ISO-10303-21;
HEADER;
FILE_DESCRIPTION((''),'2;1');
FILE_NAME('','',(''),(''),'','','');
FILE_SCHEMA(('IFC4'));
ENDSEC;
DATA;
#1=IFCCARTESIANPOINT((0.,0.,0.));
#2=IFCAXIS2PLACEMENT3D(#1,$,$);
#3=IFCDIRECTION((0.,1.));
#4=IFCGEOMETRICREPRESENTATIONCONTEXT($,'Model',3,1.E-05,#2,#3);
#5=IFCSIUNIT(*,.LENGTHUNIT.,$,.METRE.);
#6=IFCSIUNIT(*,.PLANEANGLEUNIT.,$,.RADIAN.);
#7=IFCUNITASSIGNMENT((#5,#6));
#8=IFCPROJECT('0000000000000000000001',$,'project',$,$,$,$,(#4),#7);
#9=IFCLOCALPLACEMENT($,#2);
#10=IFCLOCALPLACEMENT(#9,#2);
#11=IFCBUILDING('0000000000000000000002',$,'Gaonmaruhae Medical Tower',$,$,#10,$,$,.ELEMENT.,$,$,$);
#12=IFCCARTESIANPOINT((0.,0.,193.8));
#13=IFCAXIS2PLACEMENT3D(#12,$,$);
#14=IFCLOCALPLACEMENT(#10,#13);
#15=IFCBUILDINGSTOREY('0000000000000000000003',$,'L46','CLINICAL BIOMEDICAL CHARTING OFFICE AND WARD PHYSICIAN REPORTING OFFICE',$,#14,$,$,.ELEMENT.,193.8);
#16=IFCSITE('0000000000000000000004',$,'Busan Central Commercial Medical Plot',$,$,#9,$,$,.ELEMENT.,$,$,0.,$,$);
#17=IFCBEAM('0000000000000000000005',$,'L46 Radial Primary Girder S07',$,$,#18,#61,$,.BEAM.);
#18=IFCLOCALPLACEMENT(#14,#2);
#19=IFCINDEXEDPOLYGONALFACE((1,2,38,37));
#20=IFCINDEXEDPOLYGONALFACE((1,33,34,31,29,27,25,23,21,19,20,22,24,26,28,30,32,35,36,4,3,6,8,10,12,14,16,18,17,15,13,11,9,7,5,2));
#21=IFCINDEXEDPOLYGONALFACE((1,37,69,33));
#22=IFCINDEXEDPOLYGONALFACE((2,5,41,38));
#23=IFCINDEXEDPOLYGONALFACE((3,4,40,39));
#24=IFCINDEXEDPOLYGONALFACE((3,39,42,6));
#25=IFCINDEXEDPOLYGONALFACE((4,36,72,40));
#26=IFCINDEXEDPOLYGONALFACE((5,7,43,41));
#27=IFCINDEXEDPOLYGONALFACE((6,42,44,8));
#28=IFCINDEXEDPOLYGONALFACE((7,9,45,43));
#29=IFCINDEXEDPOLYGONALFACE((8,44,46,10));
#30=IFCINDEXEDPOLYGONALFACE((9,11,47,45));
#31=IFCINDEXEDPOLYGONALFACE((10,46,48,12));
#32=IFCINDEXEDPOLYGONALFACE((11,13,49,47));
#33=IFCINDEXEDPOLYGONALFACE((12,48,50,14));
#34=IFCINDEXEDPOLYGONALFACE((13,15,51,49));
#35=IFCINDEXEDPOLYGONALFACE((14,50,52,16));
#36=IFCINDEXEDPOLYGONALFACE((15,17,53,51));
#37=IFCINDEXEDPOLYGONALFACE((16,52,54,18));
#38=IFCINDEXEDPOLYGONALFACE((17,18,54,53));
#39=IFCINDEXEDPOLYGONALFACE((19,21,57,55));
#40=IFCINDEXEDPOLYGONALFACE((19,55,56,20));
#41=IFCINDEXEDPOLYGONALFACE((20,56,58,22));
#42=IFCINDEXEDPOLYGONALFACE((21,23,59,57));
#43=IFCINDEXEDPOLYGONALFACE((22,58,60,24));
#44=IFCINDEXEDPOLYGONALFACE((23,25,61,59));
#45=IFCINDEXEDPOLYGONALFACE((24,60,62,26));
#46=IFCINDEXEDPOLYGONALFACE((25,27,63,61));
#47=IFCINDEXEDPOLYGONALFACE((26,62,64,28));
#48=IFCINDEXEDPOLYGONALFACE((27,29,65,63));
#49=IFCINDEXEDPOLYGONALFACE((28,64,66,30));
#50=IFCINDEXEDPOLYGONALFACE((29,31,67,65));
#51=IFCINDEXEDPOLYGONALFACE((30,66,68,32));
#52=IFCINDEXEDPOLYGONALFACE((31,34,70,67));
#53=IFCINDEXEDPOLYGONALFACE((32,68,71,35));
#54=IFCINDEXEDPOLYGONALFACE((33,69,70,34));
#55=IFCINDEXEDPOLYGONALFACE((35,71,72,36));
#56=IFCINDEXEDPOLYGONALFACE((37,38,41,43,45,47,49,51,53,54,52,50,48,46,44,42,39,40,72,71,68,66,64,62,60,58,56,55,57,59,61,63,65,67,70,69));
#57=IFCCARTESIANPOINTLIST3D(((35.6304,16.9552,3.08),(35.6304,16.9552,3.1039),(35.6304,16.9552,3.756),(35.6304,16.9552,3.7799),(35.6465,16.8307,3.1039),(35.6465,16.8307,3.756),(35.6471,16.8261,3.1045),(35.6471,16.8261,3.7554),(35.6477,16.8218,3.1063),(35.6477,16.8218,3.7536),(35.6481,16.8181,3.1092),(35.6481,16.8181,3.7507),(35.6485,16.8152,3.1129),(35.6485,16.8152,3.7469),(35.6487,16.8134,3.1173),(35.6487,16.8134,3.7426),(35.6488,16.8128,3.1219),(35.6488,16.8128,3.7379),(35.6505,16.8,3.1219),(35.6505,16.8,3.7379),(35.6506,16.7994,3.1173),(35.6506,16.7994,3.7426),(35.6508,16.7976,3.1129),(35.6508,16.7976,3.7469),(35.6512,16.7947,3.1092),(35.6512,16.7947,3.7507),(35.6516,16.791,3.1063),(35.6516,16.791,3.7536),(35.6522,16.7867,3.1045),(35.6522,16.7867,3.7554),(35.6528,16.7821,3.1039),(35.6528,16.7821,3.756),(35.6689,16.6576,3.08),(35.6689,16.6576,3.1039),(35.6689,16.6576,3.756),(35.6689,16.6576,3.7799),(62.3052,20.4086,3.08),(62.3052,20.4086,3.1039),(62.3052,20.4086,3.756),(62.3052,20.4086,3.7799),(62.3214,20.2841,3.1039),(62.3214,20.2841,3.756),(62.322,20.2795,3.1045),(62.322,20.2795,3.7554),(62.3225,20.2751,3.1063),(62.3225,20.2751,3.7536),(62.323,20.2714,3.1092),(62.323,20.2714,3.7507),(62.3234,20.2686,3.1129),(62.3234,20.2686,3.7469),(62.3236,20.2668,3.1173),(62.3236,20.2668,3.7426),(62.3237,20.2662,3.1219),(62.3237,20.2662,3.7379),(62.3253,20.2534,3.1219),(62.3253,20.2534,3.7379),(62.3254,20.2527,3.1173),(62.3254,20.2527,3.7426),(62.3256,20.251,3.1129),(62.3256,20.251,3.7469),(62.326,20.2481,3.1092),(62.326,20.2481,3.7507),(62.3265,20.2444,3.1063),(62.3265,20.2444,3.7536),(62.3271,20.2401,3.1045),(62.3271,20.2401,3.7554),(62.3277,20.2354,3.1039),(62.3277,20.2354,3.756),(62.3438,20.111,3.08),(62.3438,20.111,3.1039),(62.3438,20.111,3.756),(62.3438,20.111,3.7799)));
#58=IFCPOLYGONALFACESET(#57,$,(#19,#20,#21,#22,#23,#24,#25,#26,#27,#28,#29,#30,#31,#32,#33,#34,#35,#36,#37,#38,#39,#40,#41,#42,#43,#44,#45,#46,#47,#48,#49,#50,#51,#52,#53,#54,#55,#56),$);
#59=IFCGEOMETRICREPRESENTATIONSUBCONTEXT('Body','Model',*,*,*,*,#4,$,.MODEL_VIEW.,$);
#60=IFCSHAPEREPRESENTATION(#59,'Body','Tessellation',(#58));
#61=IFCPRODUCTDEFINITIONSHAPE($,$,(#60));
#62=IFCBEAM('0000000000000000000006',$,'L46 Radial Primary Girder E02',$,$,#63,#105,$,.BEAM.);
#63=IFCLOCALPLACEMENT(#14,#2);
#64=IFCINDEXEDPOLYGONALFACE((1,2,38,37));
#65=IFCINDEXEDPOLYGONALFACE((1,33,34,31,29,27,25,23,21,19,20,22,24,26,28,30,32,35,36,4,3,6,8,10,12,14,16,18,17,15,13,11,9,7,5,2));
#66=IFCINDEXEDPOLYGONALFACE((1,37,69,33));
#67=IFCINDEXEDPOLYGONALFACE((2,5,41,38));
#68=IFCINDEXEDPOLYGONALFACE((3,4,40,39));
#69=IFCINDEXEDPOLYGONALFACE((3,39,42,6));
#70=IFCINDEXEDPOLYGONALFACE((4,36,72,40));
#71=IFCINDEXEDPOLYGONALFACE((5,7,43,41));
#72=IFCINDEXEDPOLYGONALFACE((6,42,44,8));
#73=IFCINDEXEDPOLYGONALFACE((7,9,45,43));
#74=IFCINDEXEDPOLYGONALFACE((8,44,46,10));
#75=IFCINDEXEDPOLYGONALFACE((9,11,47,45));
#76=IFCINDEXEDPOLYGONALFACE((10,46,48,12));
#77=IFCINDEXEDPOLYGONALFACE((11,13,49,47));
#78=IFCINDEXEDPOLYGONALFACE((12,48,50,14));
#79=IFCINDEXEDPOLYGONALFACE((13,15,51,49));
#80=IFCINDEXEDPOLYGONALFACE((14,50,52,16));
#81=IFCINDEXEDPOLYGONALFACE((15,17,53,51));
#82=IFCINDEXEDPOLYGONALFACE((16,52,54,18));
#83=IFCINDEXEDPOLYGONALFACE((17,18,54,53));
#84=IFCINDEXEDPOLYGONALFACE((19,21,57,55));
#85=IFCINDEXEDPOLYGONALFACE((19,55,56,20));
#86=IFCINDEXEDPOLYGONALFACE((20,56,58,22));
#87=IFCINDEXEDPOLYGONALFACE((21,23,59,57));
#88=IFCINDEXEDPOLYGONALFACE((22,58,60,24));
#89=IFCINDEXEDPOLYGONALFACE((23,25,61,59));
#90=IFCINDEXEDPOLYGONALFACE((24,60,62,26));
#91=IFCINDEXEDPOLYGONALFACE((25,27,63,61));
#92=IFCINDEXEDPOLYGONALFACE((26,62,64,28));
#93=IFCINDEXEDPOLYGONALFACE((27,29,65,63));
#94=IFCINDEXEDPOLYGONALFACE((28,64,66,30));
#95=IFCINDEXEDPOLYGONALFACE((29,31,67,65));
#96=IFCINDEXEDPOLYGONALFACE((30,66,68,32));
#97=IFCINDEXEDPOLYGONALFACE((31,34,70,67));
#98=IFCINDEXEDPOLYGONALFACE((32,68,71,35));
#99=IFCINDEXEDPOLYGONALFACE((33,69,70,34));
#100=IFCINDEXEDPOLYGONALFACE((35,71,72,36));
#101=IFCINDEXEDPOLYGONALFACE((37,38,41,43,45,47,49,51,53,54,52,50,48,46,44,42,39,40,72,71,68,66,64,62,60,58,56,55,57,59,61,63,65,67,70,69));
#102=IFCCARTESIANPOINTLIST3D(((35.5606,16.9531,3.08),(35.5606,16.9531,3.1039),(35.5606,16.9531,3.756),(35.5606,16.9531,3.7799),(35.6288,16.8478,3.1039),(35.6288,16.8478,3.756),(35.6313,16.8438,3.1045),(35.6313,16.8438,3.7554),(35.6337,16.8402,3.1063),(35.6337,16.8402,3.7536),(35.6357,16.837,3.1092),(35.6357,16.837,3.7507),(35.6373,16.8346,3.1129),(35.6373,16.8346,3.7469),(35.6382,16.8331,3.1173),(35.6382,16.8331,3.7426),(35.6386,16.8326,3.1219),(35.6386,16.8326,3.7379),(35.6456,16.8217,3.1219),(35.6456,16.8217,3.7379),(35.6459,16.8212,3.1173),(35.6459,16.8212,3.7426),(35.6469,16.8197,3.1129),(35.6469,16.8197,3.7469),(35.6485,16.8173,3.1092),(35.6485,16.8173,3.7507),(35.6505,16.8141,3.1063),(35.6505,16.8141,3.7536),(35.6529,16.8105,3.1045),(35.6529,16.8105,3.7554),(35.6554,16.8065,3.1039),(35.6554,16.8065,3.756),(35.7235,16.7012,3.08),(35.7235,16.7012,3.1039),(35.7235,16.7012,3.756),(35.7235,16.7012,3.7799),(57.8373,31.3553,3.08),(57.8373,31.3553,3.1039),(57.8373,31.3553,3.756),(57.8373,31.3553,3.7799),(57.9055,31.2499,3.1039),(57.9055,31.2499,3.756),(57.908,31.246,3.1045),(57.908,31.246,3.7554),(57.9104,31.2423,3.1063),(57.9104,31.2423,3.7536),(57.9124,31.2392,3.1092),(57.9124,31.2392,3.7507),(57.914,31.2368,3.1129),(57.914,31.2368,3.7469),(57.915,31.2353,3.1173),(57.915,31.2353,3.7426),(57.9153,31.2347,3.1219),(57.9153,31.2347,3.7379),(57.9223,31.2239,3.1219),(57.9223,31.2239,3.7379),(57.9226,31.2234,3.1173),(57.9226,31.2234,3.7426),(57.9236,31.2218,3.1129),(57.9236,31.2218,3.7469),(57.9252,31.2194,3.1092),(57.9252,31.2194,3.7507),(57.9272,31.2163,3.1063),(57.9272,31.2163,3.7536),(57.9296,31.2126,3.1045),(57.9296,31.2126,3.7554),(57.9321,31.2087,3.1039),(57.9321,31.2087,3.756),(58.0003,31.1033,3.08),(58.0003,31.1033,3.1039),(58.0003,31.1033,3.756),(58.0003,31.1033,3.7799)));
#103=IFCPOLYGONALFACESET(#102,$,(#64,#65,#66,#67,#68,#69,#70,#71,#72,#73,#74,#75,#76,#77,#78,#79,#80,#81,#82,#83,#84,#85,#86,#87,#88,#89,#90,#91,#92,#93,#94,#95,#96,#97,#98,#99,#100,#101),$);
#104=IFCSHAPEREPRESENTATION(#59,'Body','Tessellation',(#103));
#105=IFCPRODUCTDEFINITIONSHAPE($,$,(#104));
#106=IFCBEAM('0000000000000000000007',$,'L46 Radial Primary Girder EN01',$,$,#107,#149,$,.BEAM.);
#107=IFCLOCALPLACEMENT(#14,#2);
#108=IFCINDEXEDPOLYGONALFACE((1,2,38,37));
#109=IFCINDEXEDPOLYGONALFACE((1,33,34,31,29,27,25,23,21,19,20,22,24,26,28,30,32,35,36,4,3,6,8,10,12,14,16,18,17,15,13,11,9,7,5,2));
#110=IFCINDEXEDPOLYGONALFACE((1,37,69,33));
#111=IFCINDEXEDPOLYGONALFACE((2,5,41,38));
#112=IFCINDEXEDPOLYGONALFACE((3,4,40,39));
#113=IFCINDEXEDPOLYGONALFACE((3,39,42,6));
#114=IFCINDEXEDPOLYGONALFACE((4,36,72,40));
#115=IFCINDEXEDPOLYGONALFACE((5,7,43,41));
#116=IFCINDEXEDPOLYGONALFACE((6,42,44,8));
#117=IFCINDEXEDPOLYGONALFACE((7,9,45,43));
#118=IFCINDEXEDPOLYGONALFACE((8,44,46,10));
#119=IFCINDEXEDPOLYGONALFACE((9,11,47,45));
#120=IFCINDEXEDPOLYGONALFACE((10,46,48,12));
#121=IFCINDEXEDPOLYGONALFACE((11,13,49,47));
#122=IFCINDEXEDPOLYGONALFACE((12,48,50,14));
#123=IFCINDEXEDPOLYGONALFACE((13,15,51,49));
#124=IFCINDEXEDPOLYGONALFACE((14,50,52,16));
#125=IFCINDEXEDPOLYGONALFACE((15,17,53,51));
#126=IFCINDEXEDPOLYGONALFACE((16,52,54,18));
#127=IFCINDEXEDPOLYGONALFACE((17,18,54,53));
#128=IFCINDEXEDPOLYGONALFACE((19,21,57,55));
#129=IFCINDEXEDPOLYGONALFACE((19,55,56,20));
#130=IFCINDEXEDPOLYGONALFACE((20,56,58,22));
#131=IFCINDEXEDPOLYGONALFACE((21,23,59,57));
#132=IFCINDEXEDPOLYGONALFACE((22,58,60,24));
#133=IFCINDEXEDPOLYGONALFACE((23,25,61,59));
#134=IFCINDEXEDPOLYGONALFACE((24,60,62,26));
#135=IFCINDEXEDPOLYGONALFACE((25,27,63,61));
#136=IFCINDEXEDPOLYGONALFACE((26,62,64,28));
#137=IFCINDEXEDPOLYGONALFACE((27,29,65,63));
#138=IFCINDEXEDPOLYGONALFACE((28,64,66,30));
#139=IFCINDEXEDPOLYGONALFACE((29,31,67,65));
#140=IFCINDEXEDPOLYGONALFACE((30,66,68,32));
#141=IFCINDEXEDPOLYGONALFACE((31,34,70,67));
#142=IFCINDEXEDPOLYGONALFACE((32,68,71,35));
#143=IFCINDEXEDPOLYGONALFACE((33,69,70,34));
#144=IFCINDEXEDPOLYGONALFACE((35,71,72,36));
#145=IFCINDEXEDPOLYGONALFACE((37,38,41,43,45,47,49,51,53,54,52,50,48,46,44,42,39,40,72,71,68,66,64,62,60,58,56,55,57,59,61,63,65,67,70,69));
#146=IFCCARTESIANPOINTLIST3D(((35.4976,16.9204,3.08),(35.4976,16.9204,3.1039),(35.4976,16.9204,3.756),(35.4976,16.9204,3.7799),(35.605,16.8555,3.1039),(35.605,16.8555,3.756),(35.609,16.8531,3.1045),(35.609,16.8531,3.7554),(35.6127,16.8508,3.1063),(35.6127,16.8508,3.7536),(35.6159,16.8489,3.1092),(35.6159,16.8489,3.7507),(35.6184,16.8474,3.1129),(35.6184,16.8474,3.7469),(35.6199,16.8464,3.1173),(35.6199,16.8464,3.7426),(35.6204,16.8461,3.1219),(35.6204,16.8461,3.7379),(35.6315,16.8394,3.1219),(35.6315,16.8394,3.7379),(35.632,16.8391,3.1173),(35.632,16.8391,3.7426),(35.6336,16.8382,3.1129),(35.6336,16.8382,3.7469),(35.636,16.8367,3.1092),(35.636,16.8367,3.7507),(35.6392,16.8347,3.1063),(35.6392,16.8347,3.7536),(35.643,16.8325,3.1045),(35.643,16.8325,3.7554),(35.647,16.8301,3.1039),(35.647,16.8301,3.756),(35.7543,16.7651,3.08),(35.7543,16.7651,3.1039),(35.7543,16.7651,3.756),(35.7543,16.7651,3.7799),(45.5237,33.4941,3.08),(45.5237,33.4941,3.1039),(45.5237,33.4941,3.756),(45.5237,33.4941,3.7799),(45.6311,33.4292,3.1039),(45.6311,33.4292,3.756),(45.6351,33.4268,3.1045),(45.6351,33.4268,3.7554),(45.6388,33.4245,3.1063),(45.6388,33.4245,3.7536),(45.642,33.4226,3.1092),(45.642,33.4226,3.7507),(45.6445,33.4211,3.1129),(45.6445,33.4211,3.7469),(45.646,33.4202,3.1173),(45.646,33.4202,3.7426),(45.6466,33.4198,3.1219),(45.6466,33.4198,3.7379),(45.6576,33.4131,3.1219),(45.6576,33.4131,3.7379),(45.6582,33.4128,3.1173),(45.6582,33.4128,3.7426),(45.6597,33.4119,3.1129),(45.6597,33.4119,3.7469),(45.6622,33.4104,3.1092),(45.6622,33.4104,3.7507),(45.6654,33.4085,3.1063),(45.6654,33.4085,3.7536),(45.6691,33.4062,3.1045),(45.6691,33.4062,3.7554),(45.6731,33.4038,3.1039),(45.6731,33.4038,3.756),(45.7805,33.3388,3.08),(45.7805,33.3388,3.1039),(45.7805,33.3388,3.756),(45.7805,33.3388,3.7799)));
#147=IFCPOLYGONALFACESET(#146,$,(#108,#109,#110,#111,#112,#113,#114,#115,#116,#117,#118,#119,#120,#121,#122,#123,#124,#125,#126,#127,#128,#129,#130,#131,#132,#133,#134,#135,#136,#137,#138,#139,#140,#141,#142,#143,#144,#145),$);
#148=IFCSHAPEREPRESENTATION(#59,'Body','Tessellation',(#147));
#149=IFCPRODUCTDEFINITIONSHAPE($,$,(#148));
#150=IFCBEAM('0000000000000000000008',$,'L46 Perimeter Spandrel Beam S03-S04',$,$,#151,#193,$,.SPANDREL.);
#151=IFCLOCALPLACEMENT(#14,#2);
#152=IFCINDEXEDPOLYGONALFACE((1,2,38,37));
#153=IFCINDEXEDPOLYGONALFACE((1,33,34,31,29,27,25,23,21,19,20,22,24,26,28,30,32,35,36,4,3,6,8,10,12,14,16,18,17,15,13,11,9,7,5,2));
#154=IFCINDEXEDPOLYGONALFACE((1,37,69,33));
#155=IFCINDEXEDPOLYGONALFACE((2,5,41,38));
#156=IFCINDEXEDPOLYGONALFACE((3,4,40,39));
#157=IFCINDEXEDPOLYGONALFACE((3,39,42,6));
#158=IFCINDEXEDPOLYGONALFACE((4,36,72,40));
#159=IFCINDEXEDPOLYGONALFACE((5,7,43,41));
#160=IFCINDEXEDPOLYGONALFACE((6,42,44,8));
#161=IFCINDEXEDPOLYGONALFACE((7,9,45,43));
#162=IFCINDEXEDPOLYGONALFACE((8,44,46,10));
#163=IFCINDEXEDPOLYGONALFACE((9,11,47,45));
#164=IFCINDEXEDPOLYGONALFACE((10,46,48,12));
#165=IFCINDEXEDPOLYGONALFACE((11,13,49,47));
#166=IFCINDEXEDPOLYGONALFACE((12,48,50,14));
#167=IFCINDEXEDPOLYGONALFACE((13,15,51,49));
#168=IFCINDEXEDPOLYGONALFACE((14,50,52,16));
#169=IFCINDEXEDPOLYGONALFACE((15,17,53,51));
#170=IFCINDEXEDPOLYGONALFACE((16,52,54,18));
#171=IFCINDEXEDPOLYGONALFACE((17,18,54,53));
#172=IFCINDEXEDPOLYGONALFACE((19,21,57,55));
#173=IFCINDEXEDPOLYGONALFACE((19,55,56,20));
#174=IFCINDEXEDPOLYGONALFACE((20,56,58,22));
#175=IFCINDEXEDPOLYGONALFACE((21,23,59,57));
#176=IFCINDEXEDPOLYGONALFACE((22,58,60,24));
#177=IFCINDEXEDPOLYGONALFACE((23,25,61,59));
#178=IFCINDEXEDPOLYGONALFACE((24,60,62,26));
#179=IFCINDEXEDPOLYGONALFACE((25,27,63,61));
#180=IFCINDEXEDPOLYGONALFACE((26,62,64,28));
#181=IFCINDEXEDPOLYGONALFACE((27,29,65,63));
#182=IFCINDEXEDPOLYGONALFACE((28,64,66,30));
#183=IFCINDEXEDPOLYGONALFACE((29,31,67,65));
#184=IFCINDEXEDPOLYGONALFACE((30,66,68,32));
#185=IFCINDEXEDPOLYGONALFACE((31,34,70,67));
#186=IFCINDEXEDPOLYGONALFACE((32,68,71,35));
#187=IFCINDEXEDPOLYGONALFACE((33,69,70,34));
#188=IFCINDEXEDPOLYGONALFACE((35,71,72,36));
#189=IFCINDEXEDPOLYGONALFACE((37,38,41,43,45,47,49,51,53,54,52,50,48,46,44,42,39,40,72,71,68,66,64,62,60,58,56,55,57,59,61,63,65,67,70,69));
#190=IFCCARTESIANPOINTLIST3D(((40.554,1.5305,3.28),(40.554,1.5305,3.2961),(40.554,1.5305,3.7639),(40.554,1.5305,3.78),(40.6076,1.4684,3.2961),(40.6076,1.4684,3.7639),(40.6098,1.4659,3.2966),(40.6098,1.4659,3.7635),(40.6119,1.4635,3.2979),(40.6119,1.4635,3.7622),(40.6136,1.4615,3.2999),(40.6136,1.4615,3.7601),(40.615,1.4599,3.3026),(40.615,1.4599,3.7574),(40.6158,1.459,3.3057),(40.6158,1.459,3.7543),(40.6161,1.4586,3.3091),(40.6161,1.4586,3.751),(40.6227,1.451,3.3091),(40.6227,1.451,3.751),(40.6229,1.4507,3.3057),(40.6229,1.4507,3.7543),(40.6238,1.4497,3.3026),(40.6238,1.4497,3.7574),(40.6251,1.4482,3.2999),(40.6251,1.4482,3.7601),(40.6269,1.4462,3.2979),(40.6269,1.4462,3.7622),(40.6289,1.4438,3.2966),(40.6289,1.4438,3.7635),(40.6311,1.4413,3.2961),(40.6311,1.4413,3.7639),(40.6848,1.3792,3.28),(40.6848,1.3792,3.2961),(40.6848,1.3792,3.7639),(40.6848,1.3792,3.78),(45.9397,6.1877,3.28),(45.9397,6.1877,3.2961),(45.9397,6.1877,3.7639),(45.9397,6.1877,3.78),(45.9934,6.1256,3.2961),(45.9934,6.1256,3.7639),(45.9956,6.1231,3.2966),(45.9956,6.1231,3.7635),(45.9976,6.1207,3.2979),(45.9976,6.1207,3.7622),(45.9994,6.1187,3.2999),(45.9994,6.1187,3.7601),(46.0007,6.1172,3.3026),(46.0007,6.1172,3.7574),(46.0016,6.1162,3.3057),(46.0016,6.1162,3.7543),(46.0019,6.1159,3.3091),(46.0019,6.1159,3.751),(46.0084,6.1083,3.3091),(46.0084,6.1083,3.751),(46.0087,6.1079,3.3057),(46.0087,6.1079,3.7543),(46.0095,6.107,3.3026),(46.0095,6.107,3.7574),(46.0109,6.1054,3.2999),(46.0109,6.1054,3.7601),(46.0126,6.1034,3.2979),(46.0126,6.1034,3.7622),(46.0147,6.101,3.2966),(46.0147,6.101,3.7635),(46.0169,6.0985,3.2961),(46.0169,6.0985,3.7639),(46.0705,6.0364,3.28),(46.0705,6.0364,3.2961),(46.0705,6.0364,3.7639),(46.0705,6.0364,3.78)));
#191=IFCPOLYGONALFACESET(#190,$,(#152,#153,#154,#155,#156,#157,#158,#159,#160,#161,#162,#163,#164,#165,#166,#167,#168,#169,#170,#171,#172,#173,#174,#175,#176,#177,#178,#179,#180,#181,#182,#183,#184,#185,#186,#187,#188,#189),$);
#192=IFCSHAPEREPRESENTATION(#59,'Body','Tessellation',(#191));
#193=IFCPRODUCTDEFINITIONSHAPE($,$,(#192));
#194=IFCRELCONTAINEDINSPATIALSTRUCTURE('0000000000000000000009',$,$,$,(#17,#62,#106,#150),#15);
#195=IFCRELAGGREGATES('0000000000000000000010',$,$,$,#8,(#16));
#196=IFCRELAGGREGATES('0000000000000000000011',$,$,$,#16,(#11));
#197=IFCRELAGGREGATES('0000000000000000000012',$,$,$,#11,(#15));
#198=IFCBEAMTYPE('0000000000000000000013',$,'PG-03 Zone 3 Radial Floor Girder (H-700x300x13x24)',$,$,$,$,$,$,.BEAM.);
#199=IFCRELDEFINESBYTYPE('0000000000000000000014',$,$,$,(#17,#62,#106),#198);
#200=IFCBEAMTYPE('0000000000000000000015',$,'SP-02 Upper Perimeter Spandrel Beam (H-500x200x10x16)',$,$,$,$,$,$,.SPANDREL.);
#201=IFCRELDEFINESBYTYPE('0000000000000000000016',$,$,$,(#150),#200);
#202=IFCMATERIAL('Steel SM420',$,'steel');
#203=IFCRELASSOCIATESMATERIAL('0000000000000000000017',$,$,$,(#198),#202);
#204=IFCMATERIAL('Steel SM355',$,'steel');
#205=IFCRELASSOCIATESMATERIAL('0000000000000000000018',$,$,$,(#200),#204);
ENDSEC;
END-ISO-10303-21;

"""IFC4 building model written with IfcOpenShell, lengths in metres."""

from ifc_helpers import new_model, si_unit, direction, frame, origin, origin_2d, place, context, subcontext, project, spatial, i_section, extrude, material, material_profile, profile_set, type_object, element, save


model = new_model("IFC4")

# Units and contexts
model_context = context("Model", 3, precision=1e-05, world=origin(), true_north=direction((0.0, 1.0)))
body_context = subcontext(model_context, "Body", "Model", "MODEL_VIEW")
ifc_project = project(units=[si_unit("LENGTHUNIT", "METRE"), si_unit("PLANEANGLEUNIT", "RADIAN")], contexts=[model_context])

# Site, building, storey
site_placement = place(None, origin())
site = spatial("IfcSite", under=ifc_project, at=site_placement, Name="Busan Central Commercial Medical Plot", CompositionType="ELEMENT", RefElevation=0.0)
building_placement = place(site_placement, origin())
building = spatial("IfcBuilding", under=site, at=building_placement, Name="Gaonmaruhae Medical Tower", CompositionType="ELEMENT")
storey_placement = place(building_placement, frame((0.0, 0.0, 193.8)))
storey = spatial("IfcBuildingStorey", under=building, at=storey_placement, Name="L46", Description="CLINICAL BIOMEDICAL CHARTING OFFICE AND WARD PHYSICIAN REPORTING OFFICE", CompositionType="ELEMENT", Elevation=193.8)

# Beams
ifc_material_1 = material(Name="Steel SM355", Category="steel")
ifc_material_2 = material(Name="Steel SM420", Category="steel")
ifc_material_profile_1 = material_profile(ifc_material_2, i_section(OverallWidth=0.3, OverallDepth=0.7, WebThickness=0.0129, FlangeThickness=0.0239, FilletRadius=0.0181, at=origin_2d()), Name="H-700x300x13x24")
ifc_profile_set_1 = profile_set([ifc_material_profile_1], Name="Steel SM420")
beam_type_1 = type_object("IfcBeamType", Name="PG-03 Zone 3 Radial Floor Girder (H-700x300x13x24)", PredefinedType="BEAM", material=ifc_profile_set_1)
beam_1_placement = place(storey_placement, frame((35.6497, 16.8064, 3.4299), z_axis=(0.991724, 0.12839, 0.0), x_axis=(-0.12839, 0.991724, 0.0)))
element("IfcBeam", 1, at=beam_1_placement, inside=storey, type_object=beam_type_1, Name="L46 Radial Primary Girder S07", PredefinedType="BEAM", context=body_context, shape_type="SweptSolid", body=[
    extrude(i_section(OverallWidth=0.3, OverallDepth=0.7, WebThickness=0.0129, FlangeThickness=0.0239, FilletRadius=0.0181, at=origin_2d()), origin(), (0.0, 0.0, 1.0), 26.8975),
])
beam_2_placement = place(storey_placement, frame((35.6421, 16.8271, 3.4299), z_axis=(0.839779, 0.542928, 0.0), x_axis=(-0.542928, 0.839779, 0.0)))
element("IfcBeam", 2, at=beam_2_placement, inside=storey, type_object=beam_type_1, Name="L46 Radial Primary Girder E02", PredefinedType="BEAM", context=body_context, shape_type="SweptSolid", body=[
    extrude(i_section(OverallWidth=0.3, OverallDepth=0.7, WebThickness=0.0129, FlangeThickness=0.0239, FilletRadius=0.0181, at=origin_2d()), origin(), (0.0, 0.0, 1.0), 26.5269),
])
beam_3_placement = place(storey_placement, frame((35.626, 16.8428, 3.4299), z_axis=(0.517601, 0.855622, 0.0), x_axis=(-0.855622, 0.517601, 0.0)))
element("IfcBeam", 3, at=beam_3_placement, inside=storey, type_object=beam_type_1, Name="L46 Radial Primary Girder EN01", PredefinedType="BEAM", context=body_context, shape_type="SweptSolid", body=[
    extrude(i_section(OverallWidth=0.3, OverallDepth=0.7, WebThickness=0.0129, FlangeThickness=0.0239, FilletRadius=0.0181, at=origin_2d()), origin(), (0.0, 0.0, 1.0), 19.3704),
])
ifc_material_profile_2 = material_profile(ifc_material_1, i_section(OverallWidth=0.2, OverallDepth=0.5, WebThickness=0.01, FlangeThickness=0.0161, FilletRadius=0.0129, at=origin_2d()), Name="H-500x200x10x16")
ifc_profile_set_2 = profile_set([ifc_material_profile_2], Name="Steel SM355")
beam_type_2 = type_object("IfcBeamType", Name="SP-02 Upper Perimeter Spandrel Beam (H-500x200x10x16)", PredefinedType="SPANDREL", material=ifc_profile_set_2)
beam_4_placement = place(storey_placement, frame((40.6194, 1.4548, 3.53), z_axis=(0.756413, 0.654095, 0.0), x_axis=(-0.654095, 0.756413, 0.0)))
element("IfcBeam", 4, at=beam_4_placement, inside=storey, type_object=beam_type_2, Name="L46 Perimeter Spandrel Beam S03-S04", PredefinedType="SPANDREL", context=body_context, shape_type="SweptSolid", body=[
    extrude(i_section(OverallWidth=0.2, OverallDepth=0.5, WebThickness=0.01, FlangeThickness=0.0161, FilletRadius=0.0129, at=origin_2d()), origin(), (0.0, 0.0, 1.0), 7.1201),
])

save(model, "model.ifc")
